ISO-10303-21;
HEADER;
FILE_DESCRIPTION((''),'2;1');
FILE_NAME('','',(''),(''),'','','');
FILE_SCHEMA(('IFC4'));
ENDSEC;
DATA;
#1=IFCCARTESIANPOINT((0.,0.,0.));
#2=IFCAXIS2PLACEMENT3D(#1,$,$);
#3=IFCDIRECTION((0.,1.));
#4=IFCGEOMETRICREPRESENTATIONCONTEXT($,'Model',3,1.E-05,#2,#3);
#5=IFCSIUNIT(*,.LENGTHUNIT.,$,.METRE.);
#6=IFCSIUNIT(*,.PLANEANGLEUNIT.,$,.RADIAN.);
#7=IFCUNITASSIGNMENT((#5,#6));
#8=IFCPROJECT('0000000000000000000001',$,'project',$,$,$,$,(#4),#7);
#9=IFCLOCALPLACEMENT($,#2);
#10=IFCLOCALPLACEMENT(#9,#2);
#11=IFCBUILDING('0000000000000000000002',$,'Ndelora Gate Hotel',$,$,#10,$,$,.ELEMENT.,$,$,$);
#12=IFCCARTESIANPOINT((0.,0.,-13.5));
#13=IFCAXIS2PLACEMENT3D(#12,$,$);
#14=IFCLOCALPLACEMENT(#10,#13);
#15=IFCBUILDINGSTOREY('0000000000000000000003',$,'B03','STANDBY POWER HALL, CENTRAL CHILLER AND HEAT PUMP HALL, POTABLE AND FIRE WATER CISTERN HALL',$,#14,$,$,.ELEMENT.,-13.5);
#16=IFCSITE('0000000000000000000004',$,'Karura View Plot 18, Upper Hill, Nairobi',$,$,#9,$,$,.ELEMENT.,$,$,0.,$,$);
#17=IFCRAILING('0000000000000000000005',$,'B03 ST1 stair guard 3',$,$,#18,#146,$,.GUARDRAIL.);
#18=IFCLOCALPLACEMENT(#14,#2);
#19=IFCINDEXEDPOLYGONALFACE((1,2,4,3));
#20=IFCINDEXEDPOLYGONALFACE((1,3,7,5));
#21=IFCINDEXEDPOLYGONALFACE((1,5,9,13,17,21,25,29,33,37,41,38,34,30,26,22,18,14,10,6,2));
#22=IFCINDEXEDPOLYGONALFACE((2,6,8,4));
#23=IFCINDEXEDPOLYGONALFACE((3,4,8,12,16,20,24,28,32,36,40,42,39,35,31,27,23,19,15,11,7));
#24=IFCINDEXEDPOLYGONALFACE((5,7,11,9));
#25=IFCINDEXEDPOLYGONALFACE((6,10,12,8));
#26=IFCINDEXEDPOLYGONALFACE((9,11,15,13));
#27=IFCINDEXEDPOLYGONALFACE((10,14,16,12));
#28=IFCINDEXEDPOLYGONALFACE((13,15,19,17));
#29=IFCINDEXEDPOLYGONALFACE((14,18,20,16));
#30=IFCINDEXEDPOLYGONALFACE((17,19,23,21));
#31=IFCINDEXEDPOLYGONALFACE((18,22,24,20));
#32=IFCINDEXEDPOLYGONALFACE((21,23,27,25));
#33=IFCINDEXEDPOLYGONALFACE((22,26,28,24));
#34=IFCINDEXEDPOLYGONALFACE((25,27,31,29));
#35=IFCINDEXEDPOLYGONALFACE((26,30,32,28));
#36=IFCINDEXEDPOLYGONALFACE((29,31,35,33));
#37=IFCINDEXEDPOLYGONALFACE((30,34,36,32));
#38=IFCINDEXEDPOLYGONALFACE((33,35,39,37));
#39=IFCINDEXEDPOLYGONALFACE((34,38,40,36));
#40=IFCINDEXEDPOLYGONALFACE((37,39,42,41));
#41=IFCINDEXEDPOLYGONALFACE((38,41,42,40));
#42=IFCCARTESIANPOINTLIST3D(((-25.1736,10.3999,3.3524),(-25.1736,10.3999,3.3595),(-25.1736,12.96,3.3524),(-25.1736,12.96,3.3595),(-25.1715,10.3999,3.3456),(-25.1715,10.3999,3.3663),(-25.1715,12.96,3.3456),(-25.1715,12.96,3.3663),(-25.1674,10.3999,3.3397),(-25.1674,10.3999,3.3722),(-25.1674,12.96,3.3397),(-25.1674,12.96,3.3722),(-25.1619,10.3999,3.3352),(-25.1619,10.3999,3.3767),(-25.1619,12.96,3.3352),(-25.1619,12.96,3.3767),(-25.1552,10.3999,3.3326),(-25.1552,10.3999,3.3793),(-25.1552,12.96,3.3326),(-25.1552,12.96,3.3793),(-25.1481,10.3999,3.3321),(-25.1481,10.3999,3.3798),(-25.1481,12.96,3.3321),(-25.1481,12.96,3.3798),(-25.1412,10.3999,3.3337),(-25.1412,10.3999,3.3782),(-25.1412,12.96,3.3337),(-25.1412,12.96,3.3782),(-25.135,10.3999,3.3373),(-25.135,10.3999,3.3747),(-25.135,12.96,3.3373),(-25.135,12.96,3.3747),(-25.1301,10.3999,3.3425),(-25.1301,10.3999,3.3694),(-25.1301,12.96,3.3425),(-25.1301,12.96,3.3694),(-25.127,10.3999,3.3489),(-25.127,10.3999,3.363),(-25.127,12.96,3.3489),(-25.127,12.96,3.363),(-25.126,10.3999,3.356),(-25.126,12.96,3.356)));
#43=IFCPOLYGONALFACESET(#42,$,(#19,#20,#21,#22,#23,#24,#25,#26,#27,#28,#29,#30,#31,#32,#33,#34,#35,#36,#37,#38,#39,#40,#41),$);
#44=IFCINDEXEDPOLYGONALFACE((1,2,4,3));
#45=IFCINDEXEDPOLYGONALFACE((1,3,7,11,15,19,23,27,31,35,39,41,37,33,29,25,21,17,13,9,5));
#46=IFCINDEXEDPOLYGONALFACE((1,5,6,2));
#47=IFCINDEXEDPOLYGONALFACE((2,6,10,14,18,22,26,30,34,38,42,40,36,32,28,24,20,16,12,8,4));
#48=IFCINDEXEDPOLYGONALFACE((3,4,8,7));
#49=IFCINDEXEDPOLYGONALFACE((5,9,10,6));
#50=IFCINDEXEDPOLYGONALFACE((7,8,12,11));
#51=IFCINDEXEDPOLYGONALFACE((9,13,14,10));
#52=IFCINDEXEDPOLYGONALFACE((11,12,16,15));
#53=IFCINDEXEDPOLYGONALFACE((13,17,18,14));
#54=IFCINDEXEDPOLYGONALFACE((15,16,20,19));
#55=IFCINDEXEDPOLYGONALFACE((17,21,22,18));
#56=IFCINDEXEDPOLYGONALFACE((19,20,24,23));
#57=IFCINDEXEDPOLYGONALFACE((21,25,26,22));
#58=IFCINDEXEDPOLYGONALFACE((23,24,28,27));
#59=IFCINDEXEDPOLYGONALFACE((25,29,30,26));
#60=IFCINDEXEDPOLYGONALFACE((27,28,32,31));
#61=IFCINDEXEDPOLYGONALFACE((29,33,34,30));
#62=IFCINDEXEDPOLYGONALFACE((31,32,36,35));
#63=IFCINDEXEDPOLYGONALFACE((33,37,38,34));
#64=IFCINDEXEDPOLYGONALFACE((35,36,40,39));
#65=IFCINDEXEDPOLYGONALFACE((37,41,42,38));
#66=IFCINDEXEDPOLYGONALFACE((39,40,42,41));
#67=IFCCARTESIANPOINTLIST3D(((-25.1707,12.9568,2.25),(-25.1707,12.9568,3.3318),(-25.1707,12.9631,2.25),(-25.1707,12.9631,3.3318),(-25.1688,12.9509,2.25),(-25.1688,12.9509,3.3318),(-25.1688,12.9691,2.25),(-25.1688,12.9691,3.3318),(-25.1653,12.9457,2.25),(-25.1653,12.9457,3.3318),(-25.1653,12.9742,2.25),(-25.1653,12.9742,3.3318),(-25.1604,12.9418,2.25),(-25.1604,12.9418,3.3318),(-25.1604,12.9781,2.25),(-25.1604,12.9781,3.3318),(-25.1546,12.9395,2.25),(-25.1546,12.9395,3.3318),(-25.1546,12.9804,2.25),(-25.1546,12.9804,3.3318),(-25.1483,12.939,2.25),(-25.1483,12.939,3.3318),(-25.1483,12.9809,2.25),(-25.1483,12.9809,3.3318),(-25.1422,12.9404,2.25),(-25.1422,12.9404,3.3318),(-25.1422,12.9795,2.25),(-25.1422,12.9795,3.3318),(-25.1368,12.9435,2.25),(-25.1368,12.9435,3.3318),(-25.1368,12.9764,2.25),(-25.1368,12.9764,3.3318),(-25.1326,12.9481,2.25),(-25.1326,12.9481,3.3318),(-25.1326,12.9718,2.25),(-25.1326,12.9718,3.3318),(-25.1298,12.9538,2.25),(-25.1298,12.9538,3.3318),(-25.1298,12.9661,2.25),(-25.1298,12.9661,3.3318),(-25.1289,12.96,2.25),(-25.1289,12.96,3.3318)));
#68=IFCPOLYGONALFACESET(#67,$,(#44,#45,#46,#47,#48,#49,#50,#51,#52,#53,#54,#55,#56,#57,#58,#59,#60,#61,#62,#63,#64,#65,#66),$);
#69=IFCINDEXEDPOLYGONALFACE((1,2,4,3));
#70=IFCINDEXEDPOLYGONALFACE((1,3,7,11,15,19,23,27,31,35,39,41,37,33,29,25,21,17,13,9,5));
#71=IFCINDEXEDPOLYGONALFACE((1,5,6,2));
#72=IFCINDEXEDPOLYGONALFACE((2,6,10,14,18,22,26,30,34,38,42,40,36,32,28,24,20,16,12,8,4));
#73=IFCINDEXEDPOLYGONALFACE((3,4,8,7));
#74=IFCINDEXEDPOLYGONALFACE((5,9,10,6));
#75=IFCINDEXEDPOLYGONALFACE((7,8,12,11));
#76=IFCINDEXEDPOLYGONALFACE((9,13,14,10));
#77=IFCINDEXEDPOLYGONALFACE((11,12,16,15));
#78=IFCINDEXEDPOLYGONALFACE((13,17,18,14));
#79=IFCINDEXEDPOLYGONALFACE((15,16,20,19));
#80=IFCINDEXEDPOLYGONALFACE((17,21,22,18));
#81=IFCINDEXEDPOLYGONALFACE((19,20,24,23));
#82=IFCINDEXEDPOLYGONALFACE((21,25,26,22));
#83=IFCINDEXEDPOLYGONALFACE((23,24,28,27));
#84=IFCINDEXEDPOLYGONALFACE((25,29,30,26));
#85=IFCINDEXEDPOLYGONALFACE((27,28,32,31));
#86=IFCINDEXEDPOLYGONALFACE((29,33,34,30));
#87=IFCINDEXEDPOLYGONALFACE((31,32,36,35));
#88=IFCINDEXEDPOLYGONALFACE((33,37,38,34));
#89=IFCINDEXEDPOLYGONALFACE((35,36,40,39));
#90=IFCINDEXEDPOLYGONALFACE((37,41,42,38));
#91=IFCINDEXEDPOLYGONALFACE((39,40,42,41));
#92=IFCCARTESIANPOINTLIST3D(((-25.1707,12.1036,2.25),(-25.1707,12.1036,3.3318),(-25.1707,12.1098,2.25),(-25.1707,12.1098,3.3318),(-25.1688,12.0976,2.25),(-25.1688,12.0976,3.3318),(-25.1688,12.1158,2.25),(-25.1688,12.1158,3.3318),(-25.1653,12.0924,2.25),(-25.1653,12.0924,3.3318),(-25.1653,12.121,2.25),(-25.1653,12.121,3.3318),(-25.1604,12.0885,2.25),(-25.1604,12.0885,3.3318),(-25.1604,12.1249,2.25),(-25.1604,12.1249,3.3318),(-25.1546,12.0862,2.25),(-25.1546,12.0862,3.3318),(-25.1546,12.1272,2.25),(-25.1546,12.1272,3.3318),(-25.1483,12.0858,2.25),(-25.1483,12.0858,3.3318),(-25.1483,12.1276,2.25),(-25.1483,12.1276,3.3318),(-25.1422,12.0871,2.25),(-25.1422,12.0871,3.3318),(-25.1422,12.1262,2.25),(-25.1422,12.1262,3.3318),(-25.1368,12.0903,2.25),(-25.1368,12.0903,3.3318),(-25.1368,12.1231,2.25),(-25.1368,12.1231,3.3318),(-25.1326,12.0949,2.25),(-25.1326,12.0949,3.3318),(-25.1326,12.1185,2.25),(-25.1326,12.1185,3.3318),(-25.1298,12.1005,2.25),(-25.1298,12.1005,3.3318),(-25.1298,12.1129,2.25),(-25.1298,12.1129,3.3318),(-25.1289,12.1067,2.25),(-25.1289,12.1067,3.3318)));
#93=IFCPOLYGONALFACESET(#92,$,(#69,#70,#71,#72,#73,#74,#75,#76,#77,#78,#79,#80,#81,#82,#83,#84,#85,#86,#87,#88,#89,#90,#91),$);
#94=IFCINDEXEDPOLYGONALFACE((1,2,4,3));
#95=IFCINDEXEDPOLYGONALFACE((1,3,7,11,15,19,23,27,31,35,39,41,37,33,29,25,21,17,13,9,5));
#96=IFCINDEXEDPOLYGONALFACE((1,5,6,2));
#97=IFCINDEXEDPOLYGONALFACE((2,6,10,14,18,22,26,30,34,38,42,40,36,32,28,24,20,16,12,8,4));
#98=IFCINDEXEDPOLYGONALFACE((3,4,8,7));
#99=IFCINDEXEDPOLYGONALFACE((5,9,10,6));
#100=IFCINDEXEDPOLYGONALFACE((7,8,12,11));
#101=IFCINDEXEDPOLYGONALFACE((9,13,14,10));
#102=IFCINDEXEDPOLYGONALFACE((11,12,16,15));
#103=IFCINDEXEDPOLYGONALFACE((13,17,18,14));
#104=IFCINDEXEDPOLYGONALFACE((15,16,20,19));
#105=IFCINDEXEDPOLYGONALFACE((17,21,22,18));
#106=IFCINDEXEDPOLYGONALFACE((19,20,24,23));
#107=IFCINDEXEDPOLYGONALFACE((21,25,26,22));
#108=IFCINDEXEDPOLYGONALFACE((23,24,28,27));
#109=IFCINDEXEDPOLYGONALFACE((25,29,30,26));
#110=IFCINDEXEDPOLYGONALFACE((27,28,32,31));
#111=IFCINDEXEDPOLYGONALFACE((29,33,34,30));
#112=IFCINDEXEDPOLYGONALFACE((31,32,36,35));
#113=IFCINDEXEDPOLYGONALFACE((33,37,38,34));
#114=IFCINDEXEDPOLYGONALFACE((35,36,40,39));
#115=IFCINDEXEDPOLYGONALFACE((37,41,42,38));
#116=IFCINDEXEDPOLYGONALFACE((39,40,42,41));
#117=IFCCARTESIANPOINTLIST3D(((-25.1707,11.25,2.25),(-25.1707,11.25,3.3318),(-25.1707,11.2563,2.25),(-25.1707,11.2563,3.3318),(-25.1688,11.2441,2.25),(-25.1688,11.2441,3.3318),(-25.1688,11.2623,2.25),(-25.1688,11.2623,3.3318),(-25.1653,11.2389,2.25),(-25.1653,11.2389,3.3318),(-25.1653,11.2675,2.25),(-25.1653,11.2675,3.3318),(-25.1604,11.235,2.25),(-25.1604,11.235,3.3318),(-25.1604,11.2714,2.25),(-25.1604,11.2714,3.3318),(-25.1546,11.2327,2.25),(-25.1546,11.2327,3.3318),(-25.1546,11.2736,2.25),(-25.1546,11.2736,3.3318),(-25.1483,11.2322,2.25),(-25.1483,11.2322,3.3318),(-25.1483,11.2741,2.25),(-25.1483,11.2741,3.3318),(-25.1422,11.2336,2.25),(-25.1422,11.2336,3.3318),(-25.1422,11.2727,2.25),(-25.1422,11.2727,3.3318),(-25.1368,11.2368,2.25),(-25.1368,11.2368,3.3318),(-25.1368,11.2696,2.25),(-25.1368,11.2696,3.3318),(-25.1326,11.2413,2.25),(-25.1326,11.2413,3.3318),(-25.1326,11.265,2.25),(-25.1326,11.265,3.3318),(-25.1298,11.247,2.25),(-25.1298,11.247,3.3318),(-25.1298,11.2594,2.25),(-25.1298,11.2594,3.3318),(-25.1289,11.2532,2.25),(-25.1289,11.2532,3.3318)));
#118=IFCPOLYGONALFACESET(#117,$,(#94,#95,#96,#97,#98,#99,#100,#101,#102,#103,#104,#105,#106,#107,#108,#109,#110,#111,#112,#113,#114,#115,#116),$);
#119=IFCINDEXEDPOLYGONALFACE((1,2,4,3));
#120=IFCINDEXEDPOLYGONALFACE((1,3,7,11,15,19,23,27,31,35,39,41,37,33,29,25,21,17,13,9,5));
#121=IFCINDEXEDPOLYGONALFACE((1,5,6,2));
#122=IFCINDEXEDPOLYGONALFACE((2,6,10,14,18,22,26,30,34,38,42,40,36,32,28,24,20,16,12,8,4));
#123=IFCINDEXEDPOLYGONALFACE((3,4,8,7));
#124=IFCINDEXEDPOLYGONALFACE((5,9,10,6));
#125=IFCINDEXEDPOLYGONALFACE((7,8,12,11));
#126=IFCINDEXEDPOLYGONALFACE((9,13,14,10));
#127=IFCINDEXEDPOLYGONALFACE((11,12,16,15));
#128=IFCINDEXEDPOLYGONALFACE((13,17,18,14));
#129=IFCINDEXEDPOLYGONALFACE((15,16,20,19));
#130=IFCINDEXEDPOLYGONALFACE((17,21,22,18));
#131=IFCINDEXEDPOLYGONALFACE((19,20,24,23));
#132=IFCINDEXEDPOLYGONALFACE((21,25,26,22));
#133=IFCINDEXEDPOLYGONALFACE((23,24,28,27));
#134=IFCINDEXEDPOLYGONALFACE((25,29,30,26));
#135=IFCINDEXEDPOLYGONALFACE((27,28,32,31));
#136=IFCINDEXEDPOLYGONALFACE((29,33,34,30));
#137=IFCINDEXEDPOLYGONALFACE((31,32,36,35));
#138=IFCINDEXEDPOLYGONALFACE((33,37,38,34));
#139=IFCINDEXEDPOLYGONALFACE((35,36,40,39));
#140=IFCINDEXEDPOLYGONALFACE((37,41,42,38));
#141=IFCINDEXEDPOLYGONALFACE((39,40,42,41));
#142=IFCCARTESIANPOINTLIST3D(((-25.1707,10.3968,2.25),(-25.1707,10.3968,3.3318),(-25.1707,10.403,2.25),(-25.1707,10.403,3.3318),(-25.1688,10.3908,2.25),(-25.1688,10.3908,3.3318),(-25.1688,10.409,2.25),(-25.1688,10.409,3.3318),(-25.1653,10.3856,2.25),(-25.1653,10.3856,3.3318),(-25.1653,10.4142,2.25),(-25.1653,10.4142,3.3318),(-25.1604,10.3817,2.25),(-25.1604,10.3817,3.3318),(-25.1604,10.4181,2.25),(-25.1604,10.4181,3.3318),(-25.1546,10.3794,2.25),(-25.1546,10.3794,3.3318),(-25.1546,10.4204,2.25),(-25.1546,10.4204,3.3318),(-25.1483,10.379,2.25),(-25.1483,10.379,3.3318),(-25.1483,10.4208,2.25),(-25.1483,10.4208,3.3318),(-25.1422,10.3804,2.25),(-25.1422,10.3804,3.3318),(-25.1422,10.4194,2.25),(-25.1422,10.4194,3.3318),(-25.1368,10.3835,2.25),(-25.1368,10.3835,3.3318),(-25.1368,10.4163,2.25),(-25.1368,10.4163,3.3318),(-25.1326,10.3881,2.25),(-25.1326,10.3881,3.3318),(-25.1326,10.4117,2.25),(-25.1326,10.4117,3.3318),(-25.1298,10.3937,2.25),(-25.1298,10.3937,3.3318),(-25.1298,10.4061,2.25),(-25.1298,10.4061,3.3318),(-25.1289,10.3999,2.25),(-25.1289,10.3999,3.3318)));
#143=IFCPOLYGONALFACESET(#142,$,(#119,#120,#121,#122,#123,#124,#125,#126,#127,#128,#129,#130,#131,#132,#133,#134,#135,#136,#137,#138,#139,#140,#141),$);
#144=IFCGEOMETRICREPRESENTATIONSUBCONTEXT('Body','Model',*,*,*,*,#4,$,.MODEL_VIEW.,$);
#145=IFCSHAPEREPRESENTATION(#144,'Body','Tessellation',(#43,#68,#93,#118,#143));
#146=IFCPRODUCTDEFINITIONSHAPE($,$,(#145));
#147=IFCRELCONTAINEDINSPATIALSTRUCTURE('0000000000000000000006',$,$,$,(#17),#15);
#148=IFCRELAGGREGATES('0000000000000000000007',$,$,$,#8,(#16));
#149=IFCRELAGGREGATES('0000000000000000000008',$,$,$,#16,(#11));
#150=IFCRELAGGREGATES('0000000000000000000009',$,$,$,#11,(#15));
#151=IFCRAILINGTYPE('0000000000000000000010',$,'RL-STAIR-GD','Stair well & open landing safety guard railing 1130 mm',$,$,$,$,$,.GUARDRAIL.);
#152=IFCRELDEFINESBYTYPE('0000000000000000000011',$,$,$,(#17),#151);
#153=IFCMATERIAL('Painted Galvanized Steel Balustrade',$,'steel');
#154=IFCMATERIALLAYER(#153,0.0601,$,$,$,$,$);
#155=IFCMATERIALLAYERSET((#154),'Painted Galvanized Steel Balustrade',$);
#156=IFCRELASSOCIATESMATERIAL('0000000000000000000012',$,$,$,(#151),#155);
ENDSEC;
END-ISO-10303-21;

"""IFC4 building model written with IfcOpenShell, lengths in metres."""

from ifc_helpers import new_model, si_unit, direction, frame, origin, origin_2d, place, context, subcontext, project, spatial, circle, extrude, material, layer, layer_set, type_object, element, save


model = new_model("IFC4")

# Units and contexts
model_context = context("Model", 3, precision=1e-05, world=origin(), true_north=direction((0.0, 1.0)))
body_context = subcontext(model_context, "Body", "Model", "MODEL_VIEW")
ifc_project = project(units=[si_unit("LENGTHUNIT", "METRE"), si_unit("PLANEANGLEUNIT", "RADIAN")], contexts=[model_context])

# Site, building, storey
site_placement = place(None, origin())
site = spatial("IfcSite", under=ifc_project, at=site_placement, Name="Karura View Plot 18, Upper Hill, Nairobi", CompositionType="ELEMENT", RefElevation=0.0)
building_placement = place(site_placement, origin())
building = spatial("IfcBuilding", under=site, at=building_placement, Name="Ndelora Gate Hotel", CompositionType="ELEMENT")
storey_placement = place(building_placement, frame((0.0, 0.0, -13.5)))
storey = spatial("IfcBuildingStorey", under=building, at=storey_placement, Name="B03", Description="STANDBY POWER HALL, CENTRAL CHILLER AND HEAT PUMP HALL, POTABLE AND FIRE WATER CISTERN HALL", CompositionType="ELEMENT", Elevation=-13.5)

# Railing
ifc_material_1 = material(Name="Painted Galvanized Steel Balustrade", Category="steel")
ifc_layer_1 = layer(ifc_material_1, 0.0601)
ifc_layer_set_1 = layer_set([ifc_layer_1], Name="Painted Galvanized Steel Balustrade")
railing_type = type_object("IfcRailingType", Name="RL-STAIR-GD", Description="Stair well & open landing safety guard railing 1130 mm", PredefinedType="GUARDRAIL", material=ifc_layer_set_1)
railing_1_placement = place(storey_placement, frame((-25.1499, 12.96, 2.25)))
element("IfcRailing", 1, at=railing_1_placement, inside=storey, type_object=railing_type, Name="B03 ST1 stair guard 3", PredefinedType="GUARDRAIL", context=body_context, shape_type="SweptSolid", body=[
    extrude(circle(Radius=0.0239, at=origin_2d()), frame((0.0, 0.0, 1.106), z_axis=(0.0, -1.0, 0.0), x_axis=(1.0, 0.0, 0.0)), (0.0, 0.0, 1.0), 2.5601),
    extrude(circle(Radius=0.021, at=origin_2d()), origin(), (0.0, 0.0, 1.0), 1.0818),
    extrude(circle(Radius=0.021, at=origin_2d()), frame((0.0, -0.8533, 0.0)), (0.0, 0.0, 1.0), 1.0818),
    extrude(circle(Radius=0.021, at=origin_2d()), frame((0.0, -1.7068, 0.0)), (0.0, 0.0, 1.0), 1.0818),
    extrude(circle(Radius=0.021, at=origin_2d()), frame((0.0, -2.5601, 0.0)), (0.0, 0.0, 1.0), 1.0818),
])

save(model, "model.ifc")
